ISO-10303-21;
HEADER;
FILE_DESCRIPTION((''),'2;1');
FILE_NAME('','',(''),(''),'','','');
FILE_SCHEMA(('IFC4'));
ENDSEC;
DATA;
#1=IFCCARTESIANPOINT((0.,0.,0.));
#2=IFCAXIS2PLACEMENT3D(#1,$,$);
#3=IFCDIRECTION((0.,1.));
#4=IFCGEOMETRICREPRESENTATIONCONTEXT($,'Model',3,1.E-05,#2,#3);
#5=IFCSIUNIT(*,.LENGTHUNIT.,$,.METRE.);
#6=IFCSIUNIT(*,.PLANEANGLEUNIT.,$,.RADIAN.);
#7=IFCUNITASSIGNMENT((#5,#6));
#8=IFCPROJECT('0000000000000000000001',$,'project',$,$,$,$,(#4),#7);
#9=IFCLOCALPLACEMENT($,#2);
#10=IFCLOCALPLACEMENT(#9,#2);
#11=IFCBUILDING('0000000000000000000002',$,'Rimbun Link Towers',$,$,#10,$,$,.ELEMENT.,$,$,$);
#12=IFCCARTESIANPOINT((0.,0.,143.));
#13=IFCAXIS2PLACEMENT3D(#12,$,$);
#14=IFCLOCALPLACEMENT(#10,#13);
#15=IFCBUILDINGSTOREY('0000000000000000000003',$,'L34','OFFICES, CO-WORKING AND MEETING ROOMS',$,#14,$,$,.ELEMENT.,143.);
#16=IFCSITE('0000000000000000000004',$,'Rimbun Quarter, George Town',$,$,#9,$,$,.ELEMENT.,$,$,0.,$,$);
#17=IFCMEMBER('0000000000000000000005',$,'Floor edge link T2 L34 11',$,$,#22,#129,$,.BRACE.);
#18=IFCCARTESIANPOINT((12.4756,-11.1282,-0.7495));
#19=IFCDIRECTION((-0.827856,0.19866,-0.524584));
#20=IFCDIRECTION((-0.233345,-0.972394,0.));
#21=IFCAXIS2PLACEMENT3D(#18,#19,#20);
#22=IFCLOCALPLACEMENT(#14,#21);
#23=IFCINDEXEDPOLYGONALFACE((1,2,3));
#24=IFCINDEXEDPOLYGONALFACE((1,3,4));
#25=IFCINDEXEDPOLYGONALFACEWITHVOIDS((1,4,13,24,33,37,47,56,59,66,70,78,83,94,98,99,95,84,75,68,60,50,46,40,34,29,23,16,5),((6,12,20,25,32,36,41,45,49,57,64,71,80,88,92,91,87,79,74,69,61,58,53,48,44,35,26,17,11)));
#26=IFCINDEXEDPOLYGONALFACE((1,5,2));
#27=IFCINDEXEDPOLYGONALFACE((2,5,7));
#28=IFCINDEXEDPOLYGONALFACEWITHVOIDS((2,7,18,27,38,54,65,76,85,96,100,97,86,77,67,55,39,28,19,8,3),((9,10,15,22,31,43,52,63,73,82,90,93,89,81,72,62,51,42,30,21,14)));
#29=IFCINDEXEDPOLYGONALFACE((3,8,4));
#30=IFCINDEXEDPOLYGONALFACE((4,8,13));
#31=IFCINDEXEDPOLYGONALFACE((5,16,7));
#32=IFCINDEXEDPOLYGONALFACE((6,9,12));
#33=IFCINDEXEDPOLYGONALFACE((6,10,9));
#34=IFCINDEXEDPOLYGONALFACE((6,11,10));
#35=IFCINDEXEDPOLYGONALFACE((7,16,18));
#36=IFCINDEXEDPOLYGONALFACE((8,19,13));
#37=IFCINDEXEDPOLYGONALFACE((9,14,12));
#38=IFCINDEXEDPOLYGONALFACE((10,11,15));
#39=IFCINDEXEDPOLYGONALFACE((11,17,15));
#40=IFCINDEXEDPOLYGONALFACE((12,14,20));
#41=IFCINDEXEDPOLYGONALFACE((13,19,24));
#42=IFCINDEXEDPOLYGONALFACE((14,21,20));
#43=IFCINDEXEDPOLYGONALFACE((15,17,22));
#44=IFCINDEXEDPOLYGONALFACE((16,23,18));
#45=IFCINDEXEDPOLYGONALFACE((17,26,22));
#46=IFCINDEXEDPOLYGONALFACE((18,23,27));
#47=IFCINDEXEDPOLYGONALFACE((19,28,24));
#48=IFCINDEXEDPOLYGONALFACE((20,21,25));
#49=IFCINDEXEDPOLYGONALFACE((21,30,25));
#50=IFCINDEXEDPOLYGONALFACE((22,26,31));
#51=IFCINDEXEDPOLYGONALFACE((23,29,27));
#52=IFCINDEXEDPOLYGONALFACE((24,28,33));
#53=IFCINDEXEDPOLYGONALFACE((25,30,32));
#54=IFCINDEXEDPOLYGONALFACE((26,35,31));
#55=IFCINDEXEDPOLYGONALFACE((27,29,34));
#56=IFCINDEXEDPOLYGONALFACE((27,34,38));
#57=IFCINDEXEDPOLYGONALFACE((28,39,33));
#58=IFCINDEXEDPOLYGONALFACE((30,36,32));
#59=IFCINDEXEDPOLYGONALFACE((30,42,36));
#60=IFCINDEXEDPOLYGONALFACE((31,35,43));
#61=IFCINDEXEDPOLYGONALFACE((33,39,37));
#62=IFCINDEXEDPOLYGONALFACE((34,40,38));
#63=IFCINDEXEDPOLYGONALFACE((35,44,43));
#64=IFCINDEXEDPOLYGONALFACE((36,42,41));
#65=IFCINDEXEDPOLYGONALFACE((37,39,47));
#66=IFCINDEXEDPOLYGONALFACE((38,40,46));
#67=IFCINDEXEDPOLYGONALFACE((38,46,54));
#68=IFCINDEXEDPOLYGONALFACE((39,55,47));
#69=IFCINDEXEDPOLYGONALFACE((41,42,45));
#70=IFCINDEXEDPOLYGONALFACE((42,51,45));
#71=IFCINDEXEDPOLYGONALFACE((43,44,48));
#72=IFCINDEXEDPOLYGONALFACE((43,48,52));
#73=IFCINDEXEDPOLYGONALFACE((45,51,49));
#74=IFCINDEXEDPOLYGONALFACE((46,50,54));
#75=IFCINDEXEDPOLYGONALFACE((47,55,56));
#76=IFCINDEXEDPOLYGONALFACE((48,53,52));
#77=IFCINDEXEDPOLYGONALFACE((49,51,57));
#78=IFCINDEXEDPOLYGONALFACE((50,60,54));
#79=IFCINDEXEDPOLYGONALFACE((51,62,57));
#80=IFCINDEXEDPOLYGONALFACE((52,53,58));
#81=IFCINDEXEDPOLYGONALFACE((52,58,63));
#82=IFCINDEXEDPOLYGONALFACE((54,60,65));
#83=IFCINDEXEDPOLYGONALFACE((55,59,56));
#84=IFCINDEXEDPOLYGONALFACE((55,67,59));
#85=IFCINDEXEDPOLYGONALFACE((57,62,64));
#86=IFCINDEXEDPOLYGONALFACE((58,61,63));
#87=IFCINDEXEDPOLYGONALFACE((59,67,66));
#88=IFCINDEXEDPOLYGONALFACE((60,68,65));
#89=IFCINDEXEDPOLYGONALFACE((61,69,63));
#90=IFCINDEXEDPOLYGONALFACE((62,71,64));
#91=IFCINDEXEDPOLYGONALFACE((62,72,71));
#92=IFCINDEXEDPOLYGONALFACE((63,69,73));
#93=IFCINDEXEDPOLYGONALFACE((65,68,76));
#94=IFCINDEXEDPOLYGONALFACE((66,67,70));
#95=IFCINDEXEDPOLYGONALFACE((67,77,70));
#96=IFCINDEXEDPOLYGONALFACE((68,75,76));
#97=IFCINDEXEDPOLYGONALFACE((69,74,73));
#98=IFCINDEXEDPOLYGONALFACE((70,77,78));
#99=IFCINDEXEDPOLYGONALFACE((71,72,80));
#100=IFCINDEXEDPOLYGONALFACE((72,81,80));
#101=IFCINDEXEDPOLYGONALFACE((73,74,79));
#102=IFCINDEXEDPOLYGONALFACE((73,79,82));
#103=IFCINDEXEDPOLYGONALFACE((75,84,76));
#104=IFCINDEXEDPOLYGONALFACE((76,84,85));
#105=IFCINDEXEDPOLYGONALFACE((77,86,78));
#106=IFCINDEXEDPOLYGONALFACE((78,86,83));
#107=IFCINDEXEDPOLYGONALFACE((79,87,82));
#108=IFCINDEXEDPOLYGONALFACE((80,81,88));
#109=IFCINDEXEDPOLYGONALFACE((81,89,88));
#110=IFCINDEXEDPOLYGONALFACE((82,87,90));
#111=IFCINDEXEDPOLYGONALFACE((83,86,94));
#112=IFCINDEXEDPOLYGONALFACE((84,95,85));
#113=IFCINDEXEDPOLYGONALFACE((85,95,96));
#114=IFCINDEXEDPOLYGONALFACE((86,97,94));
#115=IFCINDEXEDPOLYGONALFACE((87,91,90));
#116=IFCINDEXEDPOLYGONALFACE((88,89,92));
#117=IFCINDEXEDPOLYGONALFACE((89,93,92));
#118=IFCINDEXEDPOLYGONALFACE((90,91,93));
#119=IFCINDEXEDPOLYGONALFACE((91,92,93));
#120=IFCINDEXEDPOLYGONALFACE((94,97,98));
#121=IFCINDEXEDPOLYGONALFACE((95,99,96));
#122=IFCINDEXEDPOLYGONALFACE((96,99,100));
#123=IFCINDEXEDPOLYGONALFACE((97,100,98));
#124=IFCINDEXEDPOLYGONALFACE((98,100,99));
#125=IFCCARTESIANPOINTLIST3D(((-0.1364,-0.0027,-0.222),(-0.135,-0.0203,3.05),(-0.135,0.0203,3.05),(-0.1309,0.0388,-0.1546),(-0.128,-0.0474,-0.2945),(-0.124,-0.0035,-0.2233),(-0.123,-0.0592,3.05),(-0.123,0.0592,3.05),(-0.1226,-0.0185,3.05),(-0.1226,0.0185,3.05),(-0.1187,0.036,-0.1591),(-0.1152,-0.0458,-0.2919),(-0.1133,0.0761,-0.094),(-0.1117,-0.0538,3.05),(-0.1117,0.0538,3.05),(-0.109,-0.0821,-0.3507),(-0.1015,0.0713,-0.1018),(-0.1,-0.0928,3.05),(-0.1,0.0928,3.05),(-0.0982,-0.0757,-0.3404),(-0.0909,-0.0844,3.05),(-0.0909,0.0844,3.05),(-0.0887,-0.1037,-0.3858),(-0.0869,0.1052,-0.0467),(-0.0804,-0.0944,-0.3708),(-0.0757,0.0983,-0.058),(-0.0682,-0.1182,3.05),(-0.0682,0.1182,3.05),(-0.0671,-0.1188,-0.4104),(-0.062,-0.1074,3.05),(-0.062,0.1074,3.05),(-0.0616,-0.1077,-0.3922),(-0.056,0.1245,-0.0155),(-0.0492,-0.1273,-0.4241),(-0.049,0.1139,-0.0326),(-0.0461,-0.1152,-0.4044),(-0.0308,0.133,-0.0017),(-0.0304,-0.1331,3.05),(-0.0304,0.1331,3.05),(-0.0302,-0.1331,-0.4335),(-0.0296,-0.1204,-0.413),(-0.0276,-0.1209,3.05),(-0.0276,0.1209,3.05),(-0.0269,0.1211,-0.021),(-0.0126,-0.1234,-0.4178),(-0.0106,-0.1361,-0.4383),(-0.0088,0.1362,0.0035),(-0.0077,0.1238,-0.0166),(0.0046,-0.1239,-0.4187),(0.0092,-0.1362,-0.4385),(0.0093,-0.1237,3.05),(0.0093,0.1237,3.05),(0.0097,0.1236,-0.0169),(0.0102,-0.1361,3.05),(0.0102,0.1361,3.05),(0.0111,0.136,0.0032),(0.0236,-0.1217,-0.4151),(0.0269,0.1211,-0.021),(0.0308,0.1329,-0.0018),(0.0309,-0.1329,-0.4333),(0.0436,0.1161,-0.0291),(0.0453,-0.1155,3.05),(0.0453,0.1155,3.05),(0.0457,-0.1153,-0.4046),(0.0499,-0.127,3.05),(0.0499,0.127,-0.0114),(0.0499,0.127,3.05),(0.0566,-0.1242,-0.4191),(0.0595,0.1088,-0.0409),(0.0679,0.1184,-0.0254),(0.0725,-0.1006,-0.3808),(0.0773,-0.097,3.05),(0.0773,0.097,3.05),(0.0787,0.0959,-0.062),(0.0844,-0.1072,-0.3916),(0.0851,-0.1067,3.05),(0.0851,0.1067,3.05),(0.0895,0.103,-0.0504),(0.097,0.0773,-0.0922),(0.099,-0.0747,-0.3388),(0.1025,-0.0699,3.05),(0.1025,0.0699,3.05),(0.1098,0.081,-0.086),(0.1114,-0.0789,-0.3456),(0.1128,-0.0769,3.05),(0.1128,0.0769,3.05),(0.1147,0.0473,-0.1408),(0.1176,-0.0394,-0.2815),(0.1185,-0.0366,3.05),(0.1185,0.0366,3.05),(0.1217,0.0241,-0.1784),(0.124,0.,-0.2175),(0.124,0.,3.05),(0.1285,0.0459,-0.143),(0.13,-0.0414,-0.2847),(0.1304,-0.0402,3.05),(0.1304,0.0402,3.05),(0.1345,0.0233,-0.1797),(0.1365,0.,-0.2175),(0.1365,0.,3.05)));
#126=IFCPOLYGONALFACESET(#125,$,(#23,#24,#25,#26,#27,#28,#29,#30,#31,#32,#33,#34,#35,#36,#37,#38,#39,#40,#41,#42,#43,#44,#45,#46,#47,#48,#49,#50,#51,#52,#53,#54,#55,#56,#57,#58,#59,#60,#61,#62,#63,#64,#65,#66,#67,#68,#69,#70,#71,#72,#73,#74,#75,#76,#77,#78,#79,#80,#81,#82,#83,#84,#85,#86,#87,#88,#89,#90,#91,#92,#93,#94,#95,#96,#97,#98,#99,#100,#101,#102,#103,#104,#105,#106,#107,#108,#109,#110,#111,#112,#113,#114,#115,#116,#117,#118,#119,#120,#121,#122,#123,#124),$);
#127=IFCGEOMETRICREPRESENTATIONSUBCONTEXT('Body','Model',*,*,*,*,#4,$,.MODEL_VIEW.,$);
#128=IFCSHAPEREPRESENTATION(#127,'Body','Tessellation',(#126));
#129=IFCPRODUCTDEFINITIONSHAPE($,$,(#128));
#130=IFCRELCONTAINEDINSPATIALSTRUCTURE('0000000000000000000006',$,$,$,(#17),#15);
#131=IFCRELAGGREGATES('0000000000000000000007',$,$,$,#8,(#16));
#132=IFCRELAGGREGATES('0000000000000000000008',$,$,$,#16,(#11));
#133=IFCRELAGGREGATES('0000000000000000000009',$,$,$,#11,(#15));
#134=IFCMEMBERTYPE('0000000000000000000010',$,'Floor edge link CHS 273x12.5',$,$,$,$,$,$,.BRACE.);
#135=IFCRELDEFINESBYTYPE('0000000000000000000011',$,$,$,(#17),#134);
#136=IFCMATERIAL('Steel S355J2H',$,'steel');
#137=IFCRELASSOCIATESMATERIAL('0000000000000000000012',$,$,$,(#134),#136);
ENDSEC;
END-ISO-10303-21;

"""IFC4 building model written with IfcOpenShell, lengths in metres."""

from ifc_helpers import new_model, si_unit, direction, frame, origin, origin_2d, place, context, subcontext, project, spatial, hollow_circle, extrude, clip, halfspace, material, material_profile, profile_set, type_object, element, save


model = new_model("IFC4")

# Units and contexts
model_context = context("Model", 3, precision=1e-05, world=origin(), true_north=direction((0.0, 1.0)))
body_context = subcontext(model_context, "Body", "Model", "MODEL_VIEW")
ifc_project = project(units=[si_unit("LENGTHUNIT", "METRE"), si_unit("PLANEANGLEUNIT", "RADIAN")], contexts=[model_context])

# Site, building, storey
site_placement = place(None, origin())
site = spatial("IfcSite", under=ifc_project, at=site_placement, Name="Rimbun Quarter, George Town", CompositionType="ELEMENT", RefElevation=0.0)
building_placement = place(site_placement, origin())
building = spatial("IfcBuilding", under=site, at=building_placement, Name="Rimbun Link Towers", CompositionType="ELEMENT")
storey_placement = place(building_placement, frame((0.0, 0.0, 143.0)))
storey = spatial("IfcBuildingStorey", under=building, at=storey_placement, Name="L34", Description="OFFICES, CO-WORKING AND MEETING ROOMS", CompositionType="ELEMENT", Elevation=143.0)

# Member
ifc_material_1 = material(Name="Steel S355J2H", Category="steel")
ifc_material_profile_1 = material_profile(ifc_material_1, hollow_circle(Radius=0.1365, WallThickness=0.0125, at=origin_2d()), Name="CHS 273x12.5")
ifc_profile_set_1 = profile_set([ifc_material_profile_1], Name="Steel S355J2H")
member_type_1 = type_object("IfcMemberType", Name="Floor edge link CHS 273x12.5", PredefinedType="BRACE", material=ifc_profile_set_1)
member_1_placement = place(storey_placement, frame((12.4756, -11.1282, -0.7495), z_axis=(-0.827856, 0.19866, -0.524584), x_axis=(-0.233345, -0.972394, 0.0)))
element("IfcMember", 1, at=member_1_placement, inside=storey, type_object=member_type_1, Name="Floor edge link T2 L34 11", PredefinedType="BRACE", context=body_context, shape_type="Clipping", body=[
    clip(extrude(hollow_circle(Radius=0.1365, WallThickness=0.0125, at=origin_2d()), frame((0.0, 0.0, -0.4622)), (0.0, 0.0, 1.0), 3.5122), halfspace(frame((0.0, 0.0, -0.2175), z_axis=(0.0, 0.851359, -0.524584)), False)),
])

save(model, "model.ifc")
